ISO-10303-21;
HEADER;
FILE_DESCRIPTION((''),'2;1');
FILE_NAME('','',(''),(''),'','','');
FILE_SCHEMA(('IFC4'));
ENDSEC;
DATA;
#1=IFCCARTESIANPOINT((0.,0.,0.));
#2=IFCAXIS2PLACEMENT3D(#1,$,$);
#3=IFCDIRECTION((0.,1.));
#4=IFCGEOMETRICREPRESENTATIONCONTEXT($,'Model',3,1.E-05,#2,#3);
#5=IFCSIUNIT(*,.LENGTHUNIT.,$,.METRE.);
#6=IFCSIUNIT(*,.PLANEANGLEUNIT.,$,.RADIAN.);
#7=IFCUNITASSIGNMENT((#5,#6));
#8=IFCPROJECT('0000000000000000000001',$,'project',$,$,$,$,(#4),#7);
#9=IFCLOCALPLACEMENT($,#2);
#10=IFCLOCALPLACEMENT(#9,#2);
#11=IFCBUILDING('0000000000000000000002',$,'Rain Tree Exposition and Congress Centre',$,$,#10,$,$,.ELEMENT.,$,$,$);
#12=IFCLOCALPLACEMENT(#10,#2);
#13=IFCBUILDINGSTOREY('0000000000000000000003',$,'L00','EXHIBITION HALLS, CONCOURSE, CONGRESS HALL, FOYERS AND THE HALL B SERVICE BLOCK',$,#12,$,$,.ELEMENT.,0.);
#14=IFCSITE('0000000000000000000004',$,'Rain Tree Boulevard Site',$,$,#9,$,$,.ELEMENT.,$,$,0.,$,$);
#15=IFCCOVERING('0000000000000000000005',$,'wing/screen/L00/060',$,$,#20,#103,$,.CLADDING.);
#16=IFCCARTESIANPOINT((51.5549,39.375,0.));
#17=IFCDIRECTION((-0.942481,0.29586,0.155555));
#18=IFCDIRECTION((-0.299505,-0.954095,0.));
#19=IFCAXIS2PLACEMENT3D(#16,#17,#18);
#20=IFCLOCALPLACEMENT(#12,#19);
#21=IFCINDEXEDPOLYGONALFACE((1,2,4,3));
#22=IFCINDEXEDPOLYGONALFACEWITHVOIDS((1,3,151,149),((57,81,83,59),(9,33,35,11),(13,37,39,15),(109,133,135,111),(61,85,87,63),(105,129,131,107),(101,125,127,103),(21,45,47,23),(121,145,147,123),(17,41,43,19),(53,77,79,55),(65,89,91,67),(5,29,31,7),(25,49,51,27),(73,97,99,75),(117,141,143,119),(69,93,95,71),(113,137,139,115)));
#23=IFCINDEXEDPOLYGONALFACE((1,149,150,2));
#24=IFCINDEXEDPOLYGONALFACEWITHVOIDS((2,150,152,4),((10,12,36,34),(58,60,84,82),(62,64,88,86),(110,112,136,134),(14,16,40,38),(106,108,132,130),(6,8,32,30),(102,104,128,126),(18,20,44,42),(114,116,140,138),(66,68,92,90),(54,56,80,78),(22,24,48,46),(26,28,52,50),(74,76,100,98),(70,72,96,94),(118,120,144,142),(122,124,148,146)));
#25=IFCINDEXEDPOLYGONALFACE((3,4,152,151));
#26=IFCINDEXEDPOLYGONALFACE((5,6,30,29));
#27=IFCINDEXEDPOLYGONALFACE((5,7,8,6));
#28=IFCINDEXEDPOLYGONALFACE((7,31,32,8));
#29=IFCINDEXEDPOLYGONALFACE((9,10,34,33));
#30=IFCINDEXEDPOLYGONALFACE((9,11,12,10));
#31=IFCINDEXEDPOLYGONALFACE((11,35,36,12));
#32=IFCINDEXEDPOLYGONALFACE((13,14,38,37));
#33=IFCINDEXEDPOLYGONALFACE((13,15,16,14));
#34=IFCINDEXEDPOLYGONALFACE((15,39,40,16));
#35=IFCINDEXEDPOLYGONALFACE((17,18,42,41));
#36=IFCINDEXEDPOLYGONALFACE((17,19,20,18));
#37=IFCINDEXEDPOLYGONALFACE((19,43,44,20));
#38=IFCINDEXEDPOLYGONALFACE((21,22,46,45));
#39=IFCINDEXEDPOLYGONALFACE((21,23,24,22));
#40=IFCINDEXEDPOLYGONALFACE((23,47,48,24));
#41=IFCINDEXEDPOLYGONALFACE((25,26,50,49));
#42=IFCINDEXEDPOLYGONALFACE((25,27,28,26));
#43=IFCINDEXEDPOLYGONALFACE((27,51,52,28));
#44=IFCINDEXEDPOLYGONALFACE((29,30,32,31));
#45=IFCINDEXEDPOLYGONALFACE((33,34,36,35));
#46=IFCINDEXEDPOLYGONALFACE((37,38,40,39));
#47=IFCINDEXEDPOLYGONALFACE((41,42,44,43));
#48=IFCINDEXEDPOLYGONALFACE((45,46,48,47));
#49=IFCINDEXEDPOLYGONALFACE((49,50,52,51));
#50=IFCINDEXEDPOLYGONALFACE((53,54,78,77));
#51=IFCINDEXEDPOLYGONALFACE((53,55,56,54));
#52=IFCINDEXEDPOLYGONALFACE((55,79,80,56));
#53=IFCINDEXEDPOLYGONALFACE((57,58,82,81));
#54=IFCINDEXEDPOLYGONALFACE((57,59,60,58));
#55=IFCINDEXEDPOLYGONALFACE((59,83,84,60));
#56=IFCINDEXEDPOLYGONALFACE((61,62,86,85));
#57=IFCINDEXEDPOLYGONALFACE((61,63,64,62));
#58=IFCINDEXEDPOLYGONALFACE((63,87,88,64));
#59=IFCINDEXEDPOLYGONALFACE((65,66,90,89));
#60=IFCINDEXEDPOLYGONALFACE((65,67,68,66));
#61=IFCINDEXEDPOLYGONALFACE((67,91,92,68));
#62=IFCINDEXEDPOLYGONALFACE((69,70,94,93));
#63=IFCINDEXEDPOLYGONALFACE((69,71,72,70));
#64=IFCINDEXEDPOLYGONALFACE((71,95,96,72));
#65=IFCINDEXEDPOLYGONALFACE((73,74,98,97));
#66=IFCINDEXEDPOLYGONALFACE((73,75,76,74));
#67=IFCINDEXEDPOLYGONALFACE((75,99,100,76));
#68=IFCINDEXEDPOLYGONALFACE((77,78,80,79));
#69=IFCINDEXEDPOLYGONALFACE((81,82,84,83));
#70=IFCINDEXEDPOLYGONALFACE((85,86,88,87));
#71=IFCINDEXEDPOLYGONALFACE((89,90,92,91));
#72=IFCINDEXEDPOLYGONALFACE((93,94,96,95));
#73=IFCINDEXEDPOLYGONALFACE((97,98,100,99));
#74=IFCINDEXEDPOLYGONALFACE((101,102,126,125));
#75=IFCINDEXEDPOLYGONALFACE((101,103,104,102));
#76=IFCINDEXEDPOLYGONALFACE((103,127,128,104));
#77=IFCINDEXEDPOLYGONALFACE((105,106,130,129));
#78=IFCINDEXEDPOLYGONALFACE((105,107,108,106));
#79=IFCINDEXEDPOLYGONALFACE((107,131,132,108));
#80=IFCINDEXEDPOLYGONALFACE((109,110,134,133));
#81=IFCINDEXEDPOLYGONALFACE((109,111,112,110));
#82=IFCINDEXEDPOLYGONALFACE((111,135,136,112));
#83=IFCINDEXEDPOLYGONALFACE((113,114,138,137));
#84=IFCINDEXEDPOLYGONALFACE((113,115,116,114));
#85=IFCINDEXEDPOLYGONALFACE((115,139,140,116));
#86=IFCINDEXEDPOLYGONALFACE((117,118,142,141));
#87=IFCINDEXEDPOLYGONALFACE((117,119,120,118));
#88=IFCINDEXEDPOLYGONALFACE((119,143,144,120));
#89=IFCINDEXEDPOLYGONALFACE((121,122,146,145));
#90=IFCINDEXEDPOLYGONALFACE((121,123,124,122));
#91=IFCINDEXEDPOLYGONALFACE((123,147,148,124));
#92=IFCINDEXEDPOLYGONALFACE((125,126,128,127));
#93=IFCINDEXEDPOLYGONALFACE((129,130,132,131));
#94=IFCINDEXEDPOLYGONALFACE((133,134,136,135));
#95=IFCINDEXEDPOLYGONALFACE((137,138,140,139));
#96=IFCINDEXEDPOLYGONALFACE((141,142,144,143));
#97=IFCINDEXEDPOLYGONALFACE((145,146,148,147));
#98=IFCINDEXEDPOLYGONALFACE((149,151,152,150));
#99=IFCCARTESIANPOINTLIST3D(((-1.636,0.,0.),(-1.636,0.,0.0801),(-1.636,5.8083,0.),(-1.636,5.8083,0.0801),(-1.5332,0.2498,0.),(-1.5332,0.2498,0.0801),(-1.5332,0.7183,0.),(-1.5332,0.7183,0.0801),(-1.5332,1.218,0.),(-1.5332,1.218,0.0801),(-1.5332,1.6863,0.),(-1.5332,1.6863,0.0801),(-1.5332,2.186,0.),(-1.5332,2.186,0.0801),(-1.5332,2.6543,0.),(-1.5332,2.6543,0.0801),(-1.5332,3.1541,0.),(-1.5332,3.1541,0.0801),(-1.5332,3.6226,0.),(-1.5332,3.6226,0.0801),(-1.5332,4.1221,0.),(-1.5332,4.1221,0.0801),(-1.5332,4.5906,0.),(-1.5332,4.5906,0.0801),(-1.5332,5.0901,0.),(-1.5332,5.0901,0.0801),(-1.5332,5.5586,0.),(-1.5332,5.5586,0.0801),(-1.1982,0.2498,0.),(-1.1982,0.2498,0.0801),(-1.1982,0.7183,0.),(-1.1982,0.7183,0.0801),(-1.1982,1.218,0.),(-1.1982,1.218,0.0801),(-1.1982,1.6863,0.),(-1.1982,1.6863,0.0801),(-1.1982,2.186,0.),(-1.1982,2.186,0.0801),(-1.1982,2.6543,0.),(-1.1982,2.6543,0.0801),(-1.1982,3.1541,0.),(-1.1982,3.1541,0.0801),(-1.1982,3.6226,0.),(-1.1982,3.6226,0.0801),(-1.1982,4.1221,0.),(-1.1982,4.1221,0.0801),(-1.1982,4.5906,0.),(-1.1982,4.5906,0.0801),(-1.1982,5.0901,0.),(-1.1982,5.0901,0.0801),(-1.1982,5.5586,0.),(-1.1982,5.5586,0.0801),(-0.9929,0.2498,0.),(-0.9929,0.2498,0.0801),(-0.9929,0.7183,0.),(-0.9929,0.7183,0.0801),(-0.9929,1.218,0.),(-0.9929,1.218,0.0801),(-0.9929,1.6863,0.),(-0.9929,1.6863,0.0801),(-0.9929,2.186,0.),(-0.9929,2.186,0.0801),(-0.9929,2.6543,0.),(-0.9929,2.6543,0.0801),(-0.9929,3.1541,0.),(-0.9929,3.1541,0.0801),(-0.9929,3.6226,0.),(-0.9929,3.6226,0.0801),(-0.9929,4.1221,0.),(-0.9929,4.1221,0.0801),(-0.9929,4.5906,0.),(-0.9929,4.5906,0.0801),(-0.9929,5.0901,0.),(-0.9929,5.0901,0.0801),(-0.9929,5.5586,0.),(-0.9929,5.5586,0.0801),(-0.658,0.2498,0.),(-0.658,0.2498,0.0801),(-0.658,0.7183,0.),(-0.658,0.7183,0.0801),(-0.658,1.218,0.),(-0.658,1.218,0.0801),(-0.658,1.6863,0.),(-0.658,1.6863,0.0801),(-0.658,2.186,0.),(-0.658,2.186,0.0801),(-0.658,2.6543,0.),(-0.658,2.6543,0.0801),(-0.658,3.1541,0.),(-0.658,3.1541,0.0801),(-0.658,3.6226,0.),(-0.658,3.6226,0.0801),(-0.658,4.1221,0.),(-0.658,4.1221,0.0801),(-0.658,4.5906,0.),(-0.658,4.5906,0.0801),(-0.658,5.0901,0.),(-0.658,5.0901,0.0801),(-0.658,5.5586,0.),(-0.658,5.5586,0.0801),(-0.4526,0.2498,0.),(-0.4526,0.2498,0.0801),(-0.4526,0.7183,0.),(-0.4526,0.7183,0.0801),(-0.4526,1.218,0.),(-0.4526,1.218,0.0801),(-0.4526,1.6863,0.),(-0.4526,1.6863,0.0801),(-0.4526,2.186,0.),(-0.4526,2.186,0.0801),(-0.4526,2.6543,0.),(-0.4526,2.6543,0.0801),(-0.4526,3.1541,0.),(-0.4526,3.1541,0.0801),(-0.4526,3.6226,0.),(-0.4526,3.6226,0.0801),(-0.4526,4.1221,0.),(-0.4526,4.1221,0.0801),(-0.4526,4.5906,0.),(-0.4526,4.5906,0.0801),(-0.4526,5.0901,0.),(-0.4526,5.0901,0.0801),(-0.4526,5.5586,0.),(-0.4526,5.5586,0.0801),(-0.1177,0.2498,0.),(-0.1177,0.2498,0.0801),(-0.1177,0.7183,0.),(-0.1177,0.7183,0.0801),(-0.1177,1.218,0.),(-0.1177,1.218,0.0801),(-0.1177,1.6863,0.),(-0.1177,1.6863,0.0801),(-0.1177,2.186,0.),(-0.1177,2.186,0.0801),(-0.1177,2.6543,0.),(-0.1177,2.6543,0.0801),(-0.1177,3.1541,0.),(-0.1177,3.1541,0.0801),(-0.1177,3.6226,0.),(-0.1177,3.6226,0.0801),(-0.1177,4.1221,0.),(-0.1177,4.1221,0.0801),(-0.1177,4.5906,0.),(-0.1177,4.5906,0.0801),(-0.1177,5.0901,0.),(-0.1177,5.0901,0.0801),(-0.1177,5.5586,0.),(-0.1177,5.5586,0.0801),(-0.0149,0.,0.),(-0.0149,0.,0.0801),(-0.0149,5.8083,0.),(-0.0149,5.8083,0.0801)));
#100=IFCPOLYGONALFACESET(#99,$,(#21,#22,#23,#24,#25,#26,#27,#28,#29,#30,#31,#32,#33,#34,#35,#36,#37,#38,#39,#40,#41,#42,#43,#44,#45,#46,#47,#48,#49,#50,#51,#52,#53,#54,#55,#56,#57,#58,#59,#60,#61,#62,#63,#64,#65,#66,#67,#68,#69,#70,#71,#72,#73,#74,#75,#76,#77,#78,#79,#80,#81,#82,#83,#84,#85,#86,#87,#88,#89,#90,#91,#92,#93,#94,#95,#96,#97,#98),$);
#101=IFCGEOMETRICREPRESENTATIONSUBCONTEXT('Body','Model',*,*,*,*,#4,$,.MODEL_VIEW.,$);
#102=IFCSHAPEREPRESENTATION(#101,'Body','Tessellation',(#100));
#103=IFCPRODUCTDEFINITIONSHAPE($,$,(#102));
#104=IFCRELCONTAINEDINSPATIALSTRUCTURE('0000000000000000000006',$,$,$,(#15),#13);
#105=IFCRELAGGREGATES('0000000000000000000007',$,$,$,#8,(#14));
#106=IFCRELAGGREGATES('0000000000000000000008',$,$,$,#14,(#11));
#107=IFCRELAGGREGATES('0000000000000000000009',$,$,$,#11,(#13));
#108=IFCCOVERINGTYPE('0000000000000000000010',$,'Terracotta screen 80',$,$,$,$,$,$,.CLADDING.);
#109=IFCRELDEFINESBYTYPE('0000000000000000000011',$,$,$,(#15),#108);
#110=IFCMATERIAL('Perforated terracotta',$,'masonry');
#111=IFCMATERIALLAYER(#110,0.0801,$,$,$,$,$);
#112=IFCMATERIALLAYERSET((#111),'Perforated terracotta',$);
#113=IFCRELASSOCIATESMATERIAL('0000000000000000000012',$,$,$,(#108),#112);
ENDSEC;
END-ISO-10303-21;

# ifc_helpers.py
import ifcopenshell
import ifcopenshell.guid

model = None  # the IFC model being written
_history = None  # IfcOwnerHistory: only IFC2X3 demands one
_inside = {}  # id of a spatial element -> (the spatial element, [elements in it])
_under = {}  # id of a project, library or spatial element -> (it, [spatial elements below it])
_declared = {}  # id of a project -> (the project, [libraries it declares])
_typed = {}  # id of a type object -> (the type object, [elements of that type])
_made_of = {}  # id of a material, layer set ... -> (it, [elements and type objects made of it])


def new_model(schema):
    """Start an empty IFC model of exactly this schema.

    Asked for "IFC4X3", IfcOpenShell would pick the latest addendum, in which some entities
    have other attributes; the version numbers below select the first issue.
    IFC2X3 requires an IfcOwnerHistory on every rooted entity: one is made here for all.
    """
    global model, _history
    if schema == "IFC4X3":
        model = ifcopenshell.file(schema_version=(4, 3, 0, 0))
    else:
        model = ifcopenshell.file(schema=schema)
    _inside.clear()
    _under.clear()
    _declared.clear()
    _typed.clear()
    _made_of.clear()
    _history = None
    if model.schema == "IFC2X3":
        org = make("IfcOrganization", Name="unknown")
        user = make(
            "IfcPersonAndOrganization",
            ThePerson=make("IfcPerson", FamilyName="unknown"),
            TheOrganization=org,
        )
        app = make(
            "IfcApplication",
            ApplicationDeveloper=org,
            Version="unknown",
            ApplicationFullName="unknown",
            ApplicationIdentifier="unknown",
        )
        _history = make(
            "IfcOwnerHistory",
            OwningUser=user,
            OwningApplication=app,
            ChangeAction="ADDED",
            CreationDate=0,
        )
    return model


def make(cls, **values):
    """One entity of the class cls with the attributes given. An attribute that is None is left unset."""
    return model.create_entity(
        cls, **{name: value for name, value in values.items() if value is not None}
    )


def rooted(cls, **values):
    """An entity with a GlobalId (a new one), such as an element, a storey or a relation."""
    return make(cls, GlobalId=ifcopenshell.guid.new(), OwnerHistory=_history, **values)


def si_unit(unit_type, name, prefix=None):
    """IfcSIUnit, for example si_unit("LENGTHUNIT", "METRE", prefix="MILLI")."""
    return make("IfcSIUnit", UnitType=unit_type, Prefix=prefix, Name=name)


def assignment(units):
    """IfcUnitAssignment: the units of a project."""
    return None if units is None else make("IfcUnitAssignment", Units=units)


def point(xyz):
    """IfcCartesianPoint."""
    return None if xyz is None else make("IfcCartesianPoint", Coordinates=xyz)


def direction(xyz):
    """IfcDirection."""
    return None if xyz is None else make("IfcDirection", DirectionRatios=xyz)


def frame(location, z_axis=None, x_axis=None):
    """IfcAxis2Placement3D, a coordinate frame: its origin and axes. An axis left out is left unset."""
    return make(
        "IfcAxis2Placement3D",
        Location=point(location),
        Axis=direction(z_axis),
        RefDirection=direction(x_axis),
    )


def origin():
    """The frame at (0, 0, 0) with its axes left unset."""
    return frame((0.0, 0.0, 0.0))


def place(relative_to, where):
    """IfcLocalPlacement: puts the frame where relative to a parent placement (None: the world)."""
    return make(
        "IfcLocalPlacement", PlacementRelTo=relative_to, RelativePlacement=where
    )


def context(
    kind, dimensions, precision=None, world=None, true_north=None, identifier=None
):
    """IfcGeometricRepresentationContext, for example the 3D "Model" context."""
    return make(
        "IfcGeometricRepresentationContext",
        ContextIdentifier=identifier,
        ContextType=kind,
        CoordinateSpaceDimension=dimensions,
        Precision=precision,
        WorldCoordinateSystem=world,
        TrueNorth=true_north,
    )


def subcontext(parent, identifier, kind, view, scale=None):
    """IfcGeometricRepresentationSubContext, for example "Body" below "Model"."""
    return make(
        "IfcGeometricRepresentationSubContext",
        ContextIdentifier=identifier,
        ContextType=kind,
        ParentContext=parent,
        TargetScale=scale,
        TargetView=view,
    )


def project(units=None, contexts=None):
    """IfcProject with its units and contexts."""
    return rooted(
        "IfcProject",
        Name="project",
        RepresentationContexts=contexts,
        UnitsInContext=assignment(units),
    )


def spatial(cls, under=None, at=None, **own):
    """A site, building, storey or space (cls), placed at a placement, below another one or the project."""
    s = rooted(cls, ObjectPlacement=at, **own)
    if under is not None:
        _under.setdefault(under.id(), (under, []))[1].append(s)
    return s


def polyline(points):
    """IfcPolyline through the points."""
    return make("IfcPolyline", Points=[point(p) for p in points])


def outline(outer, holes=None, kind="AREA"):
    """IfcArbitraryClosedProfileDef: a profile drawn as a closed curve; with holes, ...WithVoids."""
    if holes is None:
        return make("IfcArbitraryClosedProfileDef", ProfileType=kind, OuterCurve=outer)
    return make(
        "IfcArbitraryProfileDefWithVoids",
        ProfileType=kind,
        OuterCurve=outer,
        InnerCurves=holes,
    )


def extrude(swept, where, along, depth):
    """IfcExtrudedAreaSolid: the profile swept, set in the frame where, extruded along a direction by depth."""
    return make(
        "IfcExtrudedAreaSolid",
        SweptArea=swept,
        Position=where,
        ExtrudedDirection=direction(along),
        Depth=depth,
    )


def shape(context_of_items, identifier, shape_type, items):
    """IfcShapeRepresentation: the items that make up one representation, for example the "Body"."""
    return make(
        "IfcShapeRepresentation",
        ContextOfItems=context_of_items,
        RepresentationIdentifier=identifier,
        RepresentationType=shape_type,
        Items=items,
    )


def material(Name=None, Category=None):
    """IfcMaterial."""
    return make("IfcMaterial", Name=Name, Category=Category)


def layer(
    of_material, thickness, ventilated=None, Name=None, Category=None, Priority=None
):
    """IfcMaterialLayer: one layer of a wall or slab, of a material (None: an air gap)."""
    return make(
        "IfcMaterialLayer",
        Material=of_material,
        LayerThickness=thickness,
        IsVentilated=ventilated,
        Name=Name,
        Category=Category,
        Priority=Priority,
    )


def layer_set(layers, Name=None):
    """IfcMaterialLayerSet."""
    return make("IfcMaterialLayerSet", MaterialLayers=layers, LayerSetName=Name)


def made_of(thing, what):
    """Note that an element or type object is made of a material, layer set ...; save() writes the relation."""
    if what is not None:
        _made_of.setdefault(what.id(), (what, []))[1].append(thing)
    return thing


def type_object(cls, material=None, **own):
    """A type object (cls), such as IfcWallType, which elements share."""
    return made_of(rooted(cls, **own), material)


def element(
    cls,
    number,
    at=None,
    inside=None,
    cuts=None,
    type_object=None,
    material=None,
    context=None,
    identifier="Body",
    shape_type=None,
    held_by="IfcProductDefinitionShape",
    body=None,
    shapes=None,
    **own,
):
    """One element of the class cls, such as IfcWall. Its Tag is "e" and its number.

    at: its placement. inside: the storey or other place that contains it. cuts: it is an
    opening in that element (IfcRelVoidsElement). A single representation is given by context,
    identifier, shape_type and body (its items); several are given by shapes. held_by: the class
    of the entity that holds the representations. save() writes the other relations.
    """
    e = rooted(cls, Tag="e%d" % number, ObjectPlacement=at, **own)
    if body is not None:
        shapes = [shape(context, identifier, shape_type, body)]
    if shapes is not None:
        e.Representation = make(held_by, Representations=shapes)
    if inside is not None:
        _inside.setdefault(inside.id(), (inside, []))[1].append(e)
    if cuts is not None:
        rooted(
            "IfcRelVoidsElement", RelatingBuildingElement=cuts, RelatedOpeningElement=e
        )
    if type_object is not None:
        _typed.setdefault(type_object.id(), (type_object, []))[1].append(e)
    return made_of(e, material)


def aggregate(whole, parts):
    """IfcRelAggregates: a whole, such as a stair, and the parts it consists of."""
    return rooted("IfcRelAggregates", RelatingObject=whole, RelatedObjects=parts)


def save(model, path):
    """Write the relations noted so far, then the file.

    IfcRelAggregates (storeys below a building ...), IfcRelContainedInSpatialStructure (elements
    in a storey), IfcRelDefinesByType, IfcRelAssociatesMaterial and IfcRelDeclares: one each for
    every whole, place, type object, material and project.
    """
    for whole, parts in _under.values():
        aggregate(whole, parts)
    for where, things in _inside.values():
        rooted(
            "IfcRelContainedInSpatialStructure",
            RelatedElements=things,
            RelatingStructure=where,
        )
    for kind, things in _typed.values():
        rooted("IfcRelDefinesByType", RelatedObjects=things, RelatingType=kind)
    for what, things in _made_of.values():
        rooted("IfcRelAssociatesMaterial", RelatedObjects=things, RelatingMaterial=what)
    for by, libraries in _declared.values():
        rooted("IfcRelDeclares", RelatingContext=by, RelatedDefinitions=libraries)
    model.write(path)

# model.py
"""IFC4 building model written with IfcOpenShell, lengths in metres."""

from ifc_helpers import new_model, si_unit, direction, frame, origin, place, context, subcontext, project, spatial, polyline, outline, extrude, material, layer, layer_set, type_object, element, save


model = new_model("IFC4")

# Units and contexts
model_context = context("Model", 3, precision=1e-05, world=origin(), true_north=direction((0.0, 1.0)))
body_context = subcontext(model_context, "Body", "Model", "MODEL_VIEW")
ifc_project = project(units=[si_unit("LENGTHUNIT", "METRE"), si_unit("PLANEANGLEUNIT", "RADIAN")], contexts=[model_context])

# Site, building, storey
site_placement = place(None, origin())
site = spatial("IfcSite", under=ifc_project, at=site_placement, Name="Rain Tree Boulevard Site", CompositionType="ELEMENT", RefElevation=0.0)
building_placement = place(site_placement, origin())
building = spatial("IfcBuilding", under=site, at=building_placement, Name="Rain Tree Exposition and Congress Centre", CompositionType="ELEMENT")
storey_placement = place(building_placement, origin())
storey = spatial("IfcBuildingStorey", under=building, at=storey_placement, Name="L00", Description="EXHIBITION HALLS, CONCOURSE, CONGRESS HALL, FOYERS AND THE HALL B SERVICE BLOCK", CompositionType="ELEMENT", Elevation=0.0)

# Covering
ifc_material_1 = material(Name="Perforated terracotta", Category="masonry")
ifc_layer_1 = layer(ifc_material_1, 0.0801)
ifc_layer_set_1 = layer_set([ifc_layer_1], Name="Perforated terracotta")
covering_type = type_object("IfcCoveringType", Name="Terracotta screen 80", PredefinedType="CLADDING", material=ifc_layer_set_1)
covering_1_placement = place(storey_placement, frame((51.5549, 39.375, 0.0), z_axis=(-0.942481, 0.29586, 0.155555), x_axis=(-0.299505, -0.954095, 0.0)))
element("IfcCovering", 1, at=covering_1_placement, inside=storey, type_object=covering_type, Name="wing/screen/L00/060", PredefinedType="CLADDING", context=body_context, shape_type="SweptSolid", body=[
    extrude(outline(polyline([(-0.0149, 5.8083), (-0.0149, 0.0), (-1.636, 0.0), (-1.636, 5.8083), (-0.0149, 5.8083)]), holes=[polyline([(-0.1177, 0.2498), (-0.1177, 0.7183), (-0.4526, 0.7183), (-0.4526, 0.2498), (-0.1177, 0.2498)]), polyline([(-0.1177, 1.218), (-0.1177, 1.6863), (-0.4526, 1.6863), (-0.4526, 1.218), (-0.1177, 1.218)]), polyline([(-0.1177, 2.186), (-0.1177, 2.6543), (-0.4526, 2.6543), (-0.4526, 2.186), (-0.1177, 2.186)]), polyline([(-0.1177, 3.1541), (-0.1177, 3.6226), (-0.4526, 3.6226), (-0.4526, 3.1541), (-0.1177, 3.1541)]), polyline([(-0.1177, 4.1221), (-0.1177, 4.5906), (-0.4526, 4.5906), (-0.4526, 4.1221), (-0.1177, 4.1221)]), polyline([(-0.1177, 5.0901), (-0.1177, 5.5586), (-0.4526, 5.5586), (-0.4526, 5.0901), (-0.1177, 5.0901)]), polyline([(-0.658, 0.2498), (-0.658, 0.7183), (-0.9929, 0.7183), (-0.9929, 0.2498), (-0.658, 0.2498)]), polyline([(-0.658, 1.218), (-0.658, 1.6863), (-0.9929, 1.6863), (-0.9929, 1.218), (-0.658, 1.218)]), polyline([(-0.658, 2.186), (-0.658, 2.6543), (-0.9929, 2.6543), (-0.9929, 2.186), (-0.658, 2.186)]), polyline([(-0.658, 3.1541), (-0.658, 3.6226), (-0.9929, 3.6226), (-0.9929, 3.1541), (-0.658, 3.1541)]), polyline([(-0.658, 4.1221), (-0.658, 4.5906), (-0.9929, 4.5906), (-0.9929, 4.1221), (-0.658, 4.1221)]), polyline([(-0.658, 5.0901), (-0.658, 5.5586), (-0.9929, 5.5586), (-0.9929, 5.0901), (-0.658, 5.0901)]), polyline([(-1.1982, 0.2498), (-1.1982, 0.7183), (-1.5332, 0.7183), (-1.5332, 0.2498), (-1.1982, 0.2498)]), polyline([(-1.1982, 1.218), (-1.1982, 1.6863), (-1.5332, 1.6863), (-1.5332, 1.218), (-1.1982, 1.218)]), polyline([(-1.1982, 2.186), (-1.1982, 2.6543), (-1.5332, 2.6543), (-1.5332, 2.186), (-1.1982, 2.186)]), polyline([(-1.1982, 3.1541), (-1.1982, 3.6226), (-1.5332, 3.6226), (-1.5332, 3.1541), (-1.1982, 3.1541)]), polyline([(-1.1982, 4.1221), (-1.1982, 4.5906), (-1.5332, 4.5906), (-1.5332, 4.1221), (-1.1982, 4.1221)]), polyline([(-1.1982, 5.0901), (-1.1982, 5.5586), (-1.5332, 5.5586), (-1.5332, 5.0901), (-1.1982, 5.0901)])]), origin(), (0.0, 0.0, 1.0), 0.0801),
])

save(model, "model.ifc")
